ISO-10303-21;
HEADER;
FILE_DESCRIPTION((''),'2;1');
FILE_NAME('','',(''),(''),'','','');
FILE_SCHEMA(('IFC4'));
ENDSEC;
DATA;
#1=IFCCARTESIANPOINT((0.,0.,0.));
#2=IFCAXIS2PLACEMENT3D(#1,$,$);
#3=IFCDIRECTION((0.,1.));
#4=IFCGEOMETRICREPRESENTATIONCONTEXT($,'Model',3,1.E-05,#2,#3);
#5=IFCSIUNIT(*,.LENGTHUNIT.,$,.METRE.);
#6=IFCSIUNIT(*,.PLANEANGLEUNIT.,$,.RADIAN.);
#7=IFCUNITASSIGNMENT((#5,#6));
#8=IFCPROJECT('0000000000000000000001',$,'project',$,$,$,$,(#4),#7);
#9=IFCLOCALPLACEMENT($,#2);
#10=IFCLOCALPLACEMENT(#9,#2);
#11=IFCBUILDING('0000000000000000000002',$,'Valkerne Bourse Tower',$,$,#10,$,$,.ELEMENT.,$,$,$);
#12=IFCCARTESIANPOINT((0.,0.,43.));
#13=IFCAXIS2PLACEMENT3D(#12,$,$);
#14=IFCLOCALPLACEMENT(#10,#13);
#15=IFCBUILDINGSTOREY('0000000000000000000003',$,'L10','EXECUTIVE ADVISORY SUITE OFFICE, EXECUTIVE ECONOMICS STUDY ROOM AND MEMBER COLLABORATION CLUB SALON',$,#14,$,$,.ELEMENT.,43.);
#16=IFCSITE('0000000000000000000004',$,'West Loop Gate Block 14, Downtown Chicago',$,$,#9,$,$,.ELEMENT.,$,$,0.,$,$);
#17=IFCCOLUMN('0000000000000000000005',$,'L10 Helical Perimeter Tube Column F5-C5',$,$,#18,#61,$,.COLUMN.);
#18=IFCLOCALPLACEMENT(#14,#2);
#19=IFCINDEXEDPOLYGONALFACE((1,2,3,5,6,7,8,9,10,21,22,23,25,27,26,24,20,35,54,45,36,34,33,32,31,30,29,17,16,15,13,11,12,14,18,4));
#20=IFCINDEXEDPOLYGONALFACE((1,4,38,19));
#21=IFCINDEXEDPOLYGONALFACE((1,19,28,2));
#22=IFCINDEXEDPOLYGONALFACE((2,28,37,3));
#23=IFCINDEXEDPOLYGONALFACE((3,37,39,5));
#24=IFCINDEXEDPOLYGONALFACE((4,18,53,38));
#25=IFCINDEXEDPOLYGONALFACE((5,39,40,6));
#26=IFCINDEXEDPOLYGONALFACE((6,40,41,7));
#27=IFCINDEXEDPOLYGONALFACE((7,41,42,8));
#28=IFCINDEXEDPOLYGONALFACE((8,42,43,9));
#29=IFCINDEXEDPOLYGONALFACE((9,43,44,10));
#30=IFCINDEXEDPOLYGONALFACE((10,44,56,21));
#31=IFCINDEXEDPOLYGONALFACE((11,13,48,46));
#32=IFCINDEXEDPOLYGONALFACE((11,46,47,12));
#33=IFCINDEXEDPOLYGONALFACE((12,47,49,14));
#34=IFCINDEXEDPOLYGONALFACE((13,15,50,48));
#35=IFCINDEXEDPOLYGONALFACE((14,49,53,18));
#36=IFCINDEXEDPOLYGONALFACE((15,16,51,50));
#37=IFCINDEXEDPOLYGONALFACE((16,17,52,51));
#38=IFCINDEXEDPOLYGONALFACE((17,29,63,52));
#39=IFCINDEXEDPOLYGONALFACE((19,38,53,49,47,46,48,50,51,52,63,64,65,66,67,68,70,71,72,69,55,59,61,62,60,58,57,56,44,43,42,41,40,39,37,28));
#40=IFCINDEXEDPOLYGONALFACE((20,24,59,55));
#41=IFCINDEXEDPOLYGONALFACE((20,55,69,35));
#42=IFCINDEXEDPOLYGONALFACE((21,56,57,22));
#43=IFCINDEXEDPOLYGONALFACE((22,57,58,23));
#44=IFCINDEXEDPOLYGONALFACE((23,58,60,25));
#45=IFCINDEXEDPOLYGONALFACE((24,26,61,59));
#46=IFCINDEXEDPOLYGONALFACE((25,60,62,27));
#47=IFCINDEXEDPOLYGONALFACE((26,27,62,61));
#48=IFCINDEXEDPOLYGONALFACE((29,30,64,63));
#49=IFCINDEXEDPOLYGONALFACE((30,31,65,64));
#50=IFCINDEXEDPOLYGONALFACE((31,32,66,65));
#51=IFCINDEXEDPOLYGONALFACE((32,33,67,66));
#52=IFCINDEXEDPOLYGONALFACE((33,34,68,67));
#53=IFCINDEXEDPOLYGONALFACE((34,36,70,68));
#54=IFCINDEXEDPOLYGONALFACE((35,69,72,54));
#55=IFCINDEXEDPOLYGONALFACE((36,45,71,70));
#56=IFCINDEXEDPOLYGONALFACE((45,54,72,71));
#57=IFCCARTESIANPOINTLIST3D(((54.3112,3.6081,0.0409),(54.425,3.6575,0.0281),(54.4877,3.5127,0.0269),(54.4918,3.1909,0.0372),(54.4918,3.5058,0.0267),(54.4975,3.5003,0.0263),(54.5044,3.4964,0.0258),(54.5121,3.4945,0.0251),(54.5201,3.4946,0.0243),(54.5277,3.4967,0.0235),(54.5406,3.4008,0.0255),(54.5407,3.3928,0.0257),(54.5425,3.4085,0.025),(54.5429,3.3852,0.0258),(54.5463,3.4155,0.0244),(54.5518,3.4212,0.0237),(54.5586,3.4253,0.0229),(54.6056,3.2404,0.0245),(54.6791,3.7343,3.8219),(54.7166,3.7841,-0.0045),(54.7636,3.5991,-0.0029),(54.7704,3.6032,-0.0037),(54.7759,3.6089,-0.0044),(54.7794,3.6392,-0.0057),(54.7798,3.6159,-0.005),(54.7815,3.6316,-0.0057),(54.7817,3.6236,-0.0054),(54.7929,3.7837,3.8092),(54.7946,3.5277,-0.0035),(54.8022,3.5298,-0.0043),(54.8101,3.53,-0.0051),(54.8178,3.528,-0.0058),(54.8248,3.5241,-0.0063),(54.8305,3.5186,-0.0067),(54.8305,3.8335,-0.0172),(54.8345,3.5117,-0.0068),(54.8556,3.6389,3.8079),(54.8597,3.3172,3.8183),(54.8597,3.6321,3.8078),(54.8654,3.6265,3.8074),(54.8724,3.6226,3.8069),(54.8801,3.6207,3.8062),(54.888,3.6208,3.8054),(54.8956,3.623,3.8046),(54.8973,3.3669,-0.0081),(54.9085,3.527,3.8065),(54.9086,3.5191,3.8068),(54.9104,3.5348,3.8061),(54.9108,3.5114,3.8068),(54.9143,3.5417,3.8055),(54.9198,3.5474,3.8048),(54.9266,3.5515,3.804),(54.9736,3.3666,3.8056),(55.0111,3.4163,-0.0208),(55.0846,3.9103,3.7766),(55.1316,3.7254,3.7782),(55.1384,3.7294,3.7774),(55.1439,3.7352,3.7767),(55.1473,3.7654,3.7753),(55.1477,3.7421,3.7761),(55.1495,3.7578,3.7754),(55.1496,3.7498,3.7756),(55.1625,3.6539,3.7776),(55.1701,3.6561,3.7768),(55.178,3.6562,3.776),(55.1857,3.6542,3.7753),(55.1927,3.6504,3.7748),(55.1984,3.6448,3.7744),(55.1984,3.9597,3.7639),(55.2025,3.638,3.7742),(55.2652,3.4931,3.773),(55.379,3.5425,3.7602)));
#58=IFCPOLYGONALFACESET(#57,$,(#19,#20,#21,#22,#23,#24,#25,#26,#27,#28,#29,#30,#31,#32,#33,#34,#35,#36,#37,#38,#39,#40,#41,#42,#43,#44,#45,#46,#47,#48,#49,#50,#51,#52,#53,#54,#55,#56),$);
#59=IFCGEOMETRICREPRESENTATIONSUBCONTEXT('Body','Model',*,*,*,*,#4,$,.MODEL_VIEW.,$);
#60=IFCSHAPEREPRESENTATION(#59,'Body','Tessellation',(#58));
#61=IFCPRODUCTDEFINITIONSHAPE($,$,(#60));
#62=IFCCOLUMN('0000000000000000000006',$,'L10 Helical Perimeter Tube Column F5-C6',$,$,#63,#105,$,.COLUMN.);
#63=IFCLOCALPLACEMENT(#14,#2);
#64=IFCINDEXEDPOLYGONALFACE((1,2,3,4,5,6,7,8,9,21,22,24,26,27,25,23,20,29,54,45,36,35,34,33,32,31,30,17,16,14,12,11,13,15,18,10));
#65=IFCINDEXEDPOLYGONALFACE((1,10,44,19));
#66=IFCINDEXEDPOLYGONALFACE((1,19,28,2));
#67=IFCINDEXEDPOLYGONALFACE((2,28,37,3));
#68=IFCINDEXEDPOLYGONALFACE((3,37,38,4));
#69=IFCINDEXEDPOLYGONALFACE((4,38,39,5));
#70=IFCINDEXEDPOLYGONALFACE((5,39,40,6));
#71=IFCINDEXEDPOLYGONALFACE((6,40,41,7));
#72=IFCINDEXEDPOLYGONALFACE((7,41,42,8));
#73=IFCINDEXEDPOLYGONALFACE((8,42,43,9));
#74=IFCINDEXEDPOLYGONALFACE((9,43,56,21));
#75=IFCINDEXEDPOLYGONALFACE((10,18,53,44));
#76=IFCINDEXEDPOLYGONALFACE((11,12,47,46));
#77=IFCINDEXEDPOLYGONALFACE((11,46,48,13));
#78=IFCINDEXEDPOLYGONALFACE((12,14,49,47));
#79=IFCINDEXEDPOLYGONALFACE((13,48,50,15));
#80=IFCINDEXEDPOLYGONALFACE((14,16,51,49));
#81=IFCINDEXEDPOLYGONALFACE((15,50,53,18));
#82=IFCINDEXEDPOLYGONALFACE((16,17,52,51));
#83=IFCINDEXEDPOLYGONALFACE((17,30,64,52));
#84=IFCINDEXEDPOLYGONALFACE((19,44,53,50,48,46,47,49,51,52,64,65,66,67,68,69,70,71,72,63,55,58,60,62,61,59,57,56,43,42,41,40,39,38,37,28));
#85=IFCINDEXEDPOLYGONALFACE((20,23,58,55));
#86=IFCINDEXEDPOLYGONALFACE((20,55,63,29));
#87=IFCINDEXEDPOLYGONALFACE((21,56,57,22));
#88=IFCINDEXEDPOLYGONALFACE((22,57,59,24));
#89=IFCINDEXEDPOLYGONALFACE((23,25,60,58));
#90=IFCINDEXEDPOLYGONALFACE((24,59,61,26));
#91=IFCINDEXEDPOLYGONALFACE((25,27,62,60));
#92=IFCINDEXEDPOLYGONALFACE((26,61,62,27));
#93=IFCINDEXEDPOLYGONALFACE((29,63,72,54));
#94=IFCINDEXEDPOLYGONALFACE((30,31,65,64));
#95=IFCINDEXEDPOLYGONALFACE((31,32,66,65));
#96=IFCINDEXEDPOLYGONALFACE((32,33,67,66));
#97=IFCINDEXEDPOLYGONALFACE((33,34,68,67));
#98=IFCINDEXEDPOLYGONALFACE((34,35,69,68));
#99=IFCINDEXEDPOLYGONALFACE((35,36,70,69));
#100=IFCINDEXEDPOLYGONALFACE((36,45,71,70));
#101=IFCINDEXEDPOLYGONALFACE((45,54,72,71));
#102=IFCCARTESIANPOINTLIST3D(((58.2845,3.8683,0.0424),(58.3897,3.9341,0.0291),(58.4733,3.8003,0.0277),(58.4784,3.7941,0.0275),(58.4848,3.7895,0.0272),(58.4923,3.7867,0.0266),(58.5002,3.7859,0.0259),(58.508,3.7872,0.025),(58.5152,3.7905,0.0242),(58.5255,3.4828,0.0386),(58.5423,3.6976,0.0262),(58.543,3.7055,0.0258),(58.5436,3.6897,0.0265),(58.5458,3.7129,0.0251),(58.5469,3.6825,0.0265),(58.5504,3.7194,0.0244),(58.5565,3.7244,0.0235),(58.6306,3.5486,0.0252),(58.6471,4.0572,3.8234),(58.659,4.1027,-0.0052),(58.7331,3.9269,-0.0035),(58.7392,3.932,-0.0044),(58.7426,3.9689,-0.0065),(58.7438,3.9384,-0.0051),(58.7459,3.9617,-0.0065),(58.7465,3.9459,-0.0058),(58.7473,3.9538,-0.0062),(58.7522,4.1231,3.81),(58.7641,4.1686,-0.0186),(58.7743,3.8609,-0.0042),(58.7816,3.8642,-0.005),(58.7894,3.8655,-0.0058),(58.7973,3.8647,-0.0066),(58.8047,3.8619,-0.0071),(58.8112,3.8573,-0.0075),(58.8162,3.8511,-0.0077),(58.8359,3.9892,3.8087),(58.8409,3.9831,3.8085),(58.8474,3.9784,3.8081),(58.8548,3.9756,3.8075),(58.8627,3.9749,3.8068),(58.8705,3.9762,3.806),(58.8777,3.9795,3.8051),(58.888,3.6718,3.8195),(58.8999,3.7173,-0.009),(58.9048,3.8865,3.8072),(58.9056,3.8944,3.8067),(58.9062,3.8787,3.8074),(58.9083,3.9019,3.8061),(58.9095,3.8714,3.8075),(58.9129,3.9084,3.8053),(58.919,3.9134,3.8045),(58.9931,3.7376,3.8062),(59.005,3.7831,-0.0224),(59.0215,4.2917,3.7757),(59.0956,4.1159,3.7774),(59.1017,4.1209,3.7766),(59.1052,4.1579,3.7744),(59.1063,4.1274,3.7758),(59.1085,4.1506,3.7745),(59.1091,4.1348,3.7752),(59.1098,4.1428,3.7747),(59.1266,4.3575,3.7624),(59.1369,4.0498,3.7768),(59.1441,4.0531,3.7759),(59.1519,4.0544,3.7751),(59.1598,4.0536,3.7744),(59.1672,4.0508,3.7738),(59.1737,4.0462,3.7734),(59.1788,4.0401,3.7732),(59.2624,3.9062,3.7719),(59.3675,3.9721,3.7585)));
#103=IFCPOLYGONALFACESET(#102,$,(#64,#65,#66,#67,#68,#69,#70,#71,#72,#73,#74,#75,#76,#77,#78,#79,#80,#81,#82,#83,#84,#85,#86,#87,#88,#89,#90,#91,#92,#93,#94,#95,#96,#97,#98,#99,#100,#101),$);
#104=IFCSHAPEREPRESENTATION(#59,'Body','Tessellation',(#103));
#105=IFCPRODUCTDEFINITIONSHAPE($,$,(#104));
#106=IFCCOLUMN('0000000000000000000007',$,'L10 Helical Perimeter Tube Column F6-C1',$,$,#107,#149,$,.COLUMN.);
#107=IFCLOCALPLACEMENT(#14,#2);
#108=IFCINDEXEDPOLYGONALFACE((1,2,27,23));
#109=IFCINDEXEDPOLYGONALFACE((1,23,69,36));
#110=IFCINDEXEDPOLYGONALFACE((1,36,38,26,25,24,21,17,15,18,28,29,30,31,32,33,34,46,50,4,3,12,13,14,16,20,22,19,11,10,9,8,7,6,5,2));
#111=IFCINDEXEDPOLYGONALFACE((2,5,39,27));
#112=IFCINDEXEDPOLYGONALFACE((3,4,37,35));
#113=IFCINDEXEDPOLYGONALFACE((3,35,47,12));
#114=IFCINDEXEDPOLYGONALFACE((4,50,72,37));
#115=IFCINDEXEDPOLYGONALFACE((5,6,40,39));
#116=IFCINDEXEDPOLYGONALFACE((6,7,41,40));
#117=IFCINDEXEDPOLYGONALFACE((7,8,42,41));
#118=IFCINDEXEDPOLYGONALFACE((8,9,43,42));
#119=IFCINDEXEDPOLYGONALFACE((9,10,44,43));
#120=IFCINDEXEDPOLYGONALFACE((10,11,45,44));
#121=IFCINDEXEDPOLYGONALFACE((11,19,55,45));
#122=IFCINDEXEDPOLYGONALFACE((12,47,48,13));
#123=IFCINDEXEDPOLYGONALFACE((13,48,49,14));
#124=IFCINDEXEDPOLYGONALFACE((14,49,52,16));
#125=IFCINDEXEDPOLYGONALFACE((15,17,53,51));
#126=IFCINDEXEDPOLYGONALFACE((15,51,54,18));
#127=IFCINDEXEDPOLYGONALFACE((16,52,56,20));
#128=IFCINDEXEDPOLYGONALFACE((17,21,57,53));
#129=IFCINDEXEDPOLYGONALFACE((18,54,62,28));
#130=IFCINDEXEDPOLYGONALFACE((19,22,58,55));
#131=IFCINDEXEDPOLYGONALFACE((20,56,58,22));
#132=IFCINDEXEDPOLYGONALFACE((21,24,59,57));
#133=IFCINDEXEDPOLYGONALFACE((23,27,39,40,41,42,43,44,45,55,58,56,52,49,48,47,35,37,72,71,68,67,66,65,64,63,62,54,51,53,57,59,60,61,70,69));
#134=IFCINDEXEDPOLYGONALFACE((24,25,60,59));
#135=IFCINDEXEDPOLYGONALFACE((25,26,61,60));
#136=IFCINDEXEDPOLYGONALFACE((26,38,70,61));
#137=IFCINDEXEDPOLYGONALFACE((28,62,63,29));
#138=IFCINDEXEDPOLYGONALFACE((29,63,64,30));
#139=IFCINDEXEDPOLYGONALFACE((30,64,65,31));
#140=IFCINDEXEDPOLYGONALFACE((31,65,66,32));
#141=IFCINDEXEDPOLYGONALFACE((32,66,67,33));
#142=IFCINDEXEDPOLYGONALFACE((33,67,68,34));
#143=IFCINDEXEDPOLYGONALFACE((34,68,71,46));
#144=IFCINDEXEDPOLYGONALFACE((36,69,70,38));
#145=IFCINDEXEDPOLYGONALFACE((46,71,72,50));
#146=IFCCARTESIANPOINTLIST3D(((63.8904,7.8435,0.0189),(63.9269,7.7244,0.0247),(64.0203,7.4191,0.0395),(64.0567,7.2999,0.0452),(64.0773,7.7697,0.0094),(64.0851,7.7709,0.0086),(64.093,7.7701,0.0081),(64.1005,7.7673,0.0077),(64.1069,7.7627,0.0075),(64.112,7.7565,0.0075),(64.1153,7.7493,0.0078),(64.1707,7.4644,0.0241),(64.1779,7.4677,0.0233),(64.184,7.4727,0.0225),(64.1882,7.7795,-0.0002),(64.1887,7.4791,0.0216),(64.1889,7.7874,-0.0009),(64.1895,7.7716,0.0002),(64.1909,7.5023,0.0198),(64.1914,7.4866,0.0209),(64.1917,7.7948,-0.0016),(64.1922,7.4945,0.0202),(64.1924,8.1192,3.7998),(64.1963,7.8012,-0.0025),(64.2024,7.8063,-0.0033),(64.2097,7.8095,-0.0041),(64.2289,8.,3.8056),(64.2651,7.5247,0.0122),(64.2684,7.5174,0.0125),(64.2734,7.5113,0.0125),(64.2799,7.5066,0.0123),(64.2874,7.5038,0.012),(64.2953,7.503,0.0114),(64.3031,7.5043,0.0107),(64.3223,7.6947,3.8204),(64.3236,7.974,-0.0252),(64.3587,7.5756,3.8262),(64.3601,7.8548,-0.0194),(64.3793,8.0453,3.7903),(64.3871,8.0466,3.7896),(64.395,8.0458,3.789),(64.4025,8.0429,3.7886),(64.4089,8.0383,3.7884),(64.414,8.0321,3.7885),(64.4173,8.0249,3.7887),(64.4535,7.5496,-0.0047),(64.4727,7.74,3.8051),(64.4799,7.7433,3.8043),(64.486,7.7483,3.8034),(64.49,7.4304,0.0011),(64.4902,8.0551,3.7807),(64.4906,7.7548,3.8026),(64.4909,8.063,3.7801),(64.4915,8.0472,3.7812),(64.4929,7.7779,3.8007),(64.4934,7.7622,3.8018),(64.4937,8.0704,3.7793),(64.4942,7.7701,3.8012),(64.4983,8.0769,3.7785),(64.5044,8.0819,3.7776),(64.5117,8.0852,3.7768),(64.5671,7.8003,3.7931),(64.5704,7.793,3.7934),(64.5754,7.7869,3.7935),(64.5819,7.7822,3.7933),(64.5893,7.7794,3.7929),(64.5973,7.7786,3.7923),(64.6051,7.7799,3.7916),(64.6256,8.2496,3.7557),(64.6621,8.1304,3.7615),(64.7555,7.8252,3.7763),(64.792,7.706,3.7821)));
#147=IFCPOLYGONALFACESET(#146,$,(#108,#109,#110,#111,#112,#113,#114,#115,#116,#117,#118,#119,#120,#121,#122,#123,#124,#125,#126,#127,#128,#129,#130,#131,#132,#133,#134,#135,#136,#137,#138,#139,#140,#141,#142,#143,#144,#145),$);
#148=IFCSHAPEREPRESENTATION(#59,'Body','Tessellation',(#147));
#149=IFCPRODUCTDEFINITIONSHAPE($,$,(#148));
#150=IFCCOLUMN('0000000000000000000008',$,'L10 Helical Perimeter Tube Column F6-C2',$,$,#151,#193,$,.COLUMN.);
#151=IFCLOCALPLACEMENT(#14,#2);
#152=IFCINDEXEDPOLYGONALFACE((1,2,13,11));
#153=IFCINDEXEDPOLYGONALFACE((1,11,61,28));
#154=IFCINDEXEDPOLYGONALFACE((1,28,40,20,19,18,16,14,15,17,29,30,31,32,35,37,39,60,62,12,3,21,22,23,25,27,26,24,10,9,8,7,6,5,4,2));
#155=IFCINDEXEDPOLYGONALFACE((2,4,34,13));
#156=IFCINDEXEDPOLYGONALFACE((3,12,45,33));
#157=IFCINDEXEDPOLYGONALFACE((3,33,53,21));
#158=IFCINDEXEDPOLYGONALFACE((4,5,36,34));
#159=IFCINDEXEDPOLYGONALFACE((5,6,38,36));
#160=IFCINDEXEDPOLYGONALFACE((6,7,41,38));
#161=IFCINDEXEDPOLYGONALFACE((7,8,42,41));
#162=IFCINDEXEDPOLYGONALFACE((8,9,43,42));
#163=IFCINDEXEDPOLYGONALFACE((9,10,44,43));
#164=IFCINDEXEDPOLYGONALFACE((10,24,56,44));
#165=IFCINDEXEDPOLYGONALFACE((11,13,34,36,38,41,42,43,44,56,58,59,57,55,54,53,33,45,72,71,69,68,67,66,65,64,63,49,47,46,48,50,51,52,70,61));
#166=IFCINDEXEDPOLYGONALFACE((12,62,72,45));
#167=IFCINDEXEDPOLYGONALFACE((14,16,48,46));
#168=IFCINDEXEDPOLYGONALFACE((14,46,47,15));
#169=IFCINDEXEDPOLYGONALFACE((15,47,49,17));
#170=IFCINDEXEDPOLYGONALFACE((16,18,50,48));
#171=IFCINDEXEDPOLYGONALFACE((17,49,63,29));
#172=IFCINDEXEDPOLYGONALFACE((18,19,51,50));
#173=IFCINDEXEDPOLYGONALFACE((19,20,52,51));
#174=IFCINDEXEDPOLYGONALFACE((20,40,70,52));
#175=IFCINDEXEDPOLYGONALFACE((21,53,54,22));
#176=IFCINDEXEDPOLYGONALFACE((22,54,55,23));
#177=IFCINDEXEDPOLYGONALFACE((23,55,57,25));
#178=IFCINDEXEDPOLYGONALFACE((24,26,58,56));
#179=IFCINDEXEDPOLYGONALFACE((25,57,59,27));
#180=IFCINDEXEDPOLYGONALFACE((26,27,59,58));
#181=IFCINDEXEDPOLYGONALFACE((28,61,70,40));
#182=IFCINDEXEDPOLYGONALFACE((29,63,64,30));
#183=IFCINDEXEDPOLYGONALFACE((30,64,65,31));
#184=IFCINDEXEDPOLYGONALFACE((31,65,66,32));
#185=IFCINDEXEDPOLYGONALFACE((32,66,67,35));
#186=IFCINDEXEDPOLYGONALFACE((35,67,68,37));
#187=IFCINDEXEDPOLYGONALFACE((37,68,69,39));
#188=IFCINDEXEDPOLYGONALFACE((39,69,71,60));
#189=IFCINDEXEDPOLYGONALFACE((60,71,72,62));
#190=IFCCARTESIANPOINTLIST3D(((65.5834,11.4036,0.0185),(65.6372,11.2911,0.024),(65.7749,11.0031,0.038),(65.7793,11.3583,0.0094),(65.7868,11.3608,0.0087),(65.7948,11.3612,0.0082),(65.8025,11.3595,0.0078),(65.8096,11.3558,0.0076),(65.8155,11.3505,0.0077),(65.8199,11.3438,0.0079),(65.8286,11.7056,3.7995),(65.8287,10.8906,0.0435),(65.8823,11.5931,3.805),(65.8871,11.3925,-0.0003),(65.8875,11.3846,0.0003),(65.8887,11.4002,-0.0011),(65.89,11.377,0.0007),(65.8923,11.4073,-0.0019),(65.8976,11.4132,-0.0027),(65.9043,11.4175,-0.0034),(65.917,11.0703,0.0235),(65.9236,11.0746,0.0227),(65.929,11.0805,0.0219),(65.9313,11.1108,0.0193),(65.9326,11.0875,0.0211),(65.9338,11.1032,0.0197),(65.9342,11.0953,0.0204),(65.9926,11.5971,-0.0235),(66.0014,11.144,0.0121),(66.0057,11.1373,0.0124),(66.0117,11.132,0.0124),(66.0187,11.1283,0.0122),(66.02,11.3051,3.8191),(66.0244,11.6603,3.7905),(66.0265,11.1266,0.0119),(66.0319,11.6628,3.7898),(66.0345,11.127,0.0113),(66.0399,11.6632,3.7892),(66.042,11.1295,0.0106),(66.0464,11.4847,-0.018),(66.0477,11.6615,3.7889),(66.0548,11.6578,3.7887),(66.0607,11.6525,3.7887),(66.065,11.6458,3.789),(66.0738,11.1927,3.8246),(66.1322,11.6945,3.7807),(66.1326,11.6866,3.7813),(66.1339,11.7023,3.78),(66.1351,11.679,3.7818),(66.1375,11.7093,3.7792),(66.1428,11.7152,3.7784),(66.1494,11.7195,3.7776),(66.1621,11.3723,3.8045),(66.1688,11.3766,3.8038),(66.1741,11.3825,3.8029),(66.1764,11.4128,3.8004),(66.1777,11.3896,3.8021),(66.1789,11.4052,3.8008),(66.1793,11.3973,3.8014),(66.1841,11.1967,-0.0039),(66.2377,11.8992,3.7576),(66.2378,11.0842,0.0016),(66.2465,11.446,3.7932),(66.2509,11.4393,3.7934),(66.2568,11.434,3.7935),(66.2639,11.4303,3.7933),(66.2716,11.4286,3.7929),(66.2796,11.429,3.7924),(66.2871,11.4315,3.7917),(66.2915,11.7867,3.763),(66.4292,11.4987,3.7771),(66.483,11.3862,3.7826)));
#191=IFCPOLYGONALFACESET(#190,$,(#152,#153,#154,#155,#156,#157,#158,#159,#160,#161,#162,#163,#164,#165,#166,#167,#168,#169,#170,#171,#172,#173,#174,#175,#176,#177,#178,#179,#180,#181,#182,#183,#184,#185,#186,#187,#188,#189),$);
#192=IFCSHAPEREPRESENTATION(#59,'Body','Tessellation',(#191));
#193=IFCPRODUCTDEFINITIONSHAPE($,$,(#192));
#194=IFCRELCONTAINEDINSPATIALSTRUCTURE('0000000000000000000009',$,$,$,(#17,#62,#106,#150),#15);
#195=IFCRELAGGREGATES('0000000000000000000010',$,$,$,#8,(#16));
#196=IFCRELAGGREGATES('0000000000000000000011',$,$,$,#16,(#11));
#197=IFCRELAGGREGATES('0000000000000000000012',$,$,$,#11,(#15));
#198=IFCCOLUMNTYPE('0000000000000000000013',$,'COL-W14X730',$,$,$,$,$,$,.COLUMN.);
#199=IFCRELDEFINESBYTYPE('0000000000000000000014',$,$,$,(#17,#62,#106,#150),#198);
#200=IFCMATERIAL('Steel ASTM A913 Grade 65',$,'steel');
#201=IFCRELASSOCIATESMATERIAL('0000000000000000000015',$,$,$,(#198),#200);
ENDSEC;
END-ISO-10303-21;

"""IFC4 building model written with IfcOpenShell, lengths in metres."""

from ifc_helpers import new_model, si_unit, direction, frame, origin, origin_2d, place, context, subcontext, project, spatial, i_section, extrude, material, material_profile, profile_set, type_object, element, save


model = new_model("IFC4")

# Units and contexts
model_context = context("Model", 3, precision=1e-05, world=origin(), true_north=direction((0.0, 1.0)))
body_context = subcontext(model_context, "Body", "Model", "MODEL_VIEW")
ifc_project = project(units=[si_unit("LENGTHUNIT", "METRE"), si_unit("PLANEANGLEUNIT", "RADIAN")], contexts=[model_context])

# Site, building, storey
site_placement = place(None, origin())
site = spatial("IfcSite", under=ifc_project, at=site_placement, Name="West Loop Gate Block 14, Downtown Chicago", CompositionType="ELEMENT", RefElevation=0.0)
building_placement = place(site_placement, origin())
building = spatial("IfcBuilding", under=site, at=building_placement, Name="Valkerne Bourse Tower", CompositionType="ELEMENT")
storey_placement = place(building_placement, frame((0.0, 0.0, 43.0)))
storey = spatial("IfcBuildingStorey", under=building, at=storey_placement, Name="L10", Description="EXECUTIVE ADVISORY SUITE OFFICE, EXECUTIVE ECONOMICS STUDY ROOM AND MEMBER COLLABORATION CLUB SALON", CompositionType="ELEMENT", Elevation=43.0)

# Columns
ifc_material_1 = material(Name="Steel ASTM A913 Grade 65", Category="steel")
ifc_material_profile_1 = material_profile(ifc_material_1, i_section(OverallWidth=0.4546, OverallDepth=0.5691, WebThickness=0.0779, FlangeThickness=0.1248, FilletRadius=0.0305, at=origin_2d()), Name="W14X730")
ifc_profile_set_1 = profile_set([ifc_material_profile_1], Name="Steel ASTM A913 Grade 65")
column_type = type_object("IfcColumnType", Name="COL-W14X730", PredefinedType="COLUMN", material=ifc_profile_set_1)
column_1_placement = place(storey_placement, frame((54.6611, 3.5122, 0.01), z_axis=(0.096797, 0.033208, 0.99475), x_axis=(-0.397324, 0.917643, 0.008029)))
element("IfcColumn", 1, at=column_1_placement, inside=storey, type_object=column_type, Name="L10 Helical Perimeter Tube Column F5-C5", PredefinedType="COLUMN", context=body_context, shape_type="SweptSolid", body=[
    extrude(i_section(OverallWidth=0.4546, OverallDepth=0.5691, WebThickness=0.0779, FlangeThickness=0.1248, FilletRadius=0.0305, at=origin_2d()), origin(), (0.0, 0.0, 1.0), 3.801),
])
for number, where, z_axis, x_axis, name in (
    (2, (58.6448, 3.8257, 0.01), (0.095331, 0.049688, 0.994205), (-0.529946, 0.847989, 0.008435), "L10 Helical Perimeter Tube Column F5-C6"),
    (3, (64.1902, 7.637, 0.01), (0.07941, 0.072477, 0.994204), (-0.953018, -0.286949, 0.097039), "L10 Helical Perimeter Tube Column F6-C1"),
):
    element("IfcColumn", number, at=place(storey_placement, frame(where, z_axis=z_axis, x_axis=x_axis)), inside=storey, type_object=column_type, Name=name, PredefinedType="COLUMN", context=body_context, shape_type="SweptSolid", body=[
        extrude(i_section(OverallWidth=0.4546, OverallDepth=0.5691, WebThickness=0.0779, FlangeThickness=0.1248, FilletRadius=0.0305, at=origin_2d()), origin(), (0.0, 0.0, 1.0), 3.803),
    ])
column_2_placement = place(storey_placement, frame((65.9106, 11.2439, 0.01), z_axis=(0.064488, 0.079454, 0.99475), x_axis=(-0.900081, -0.42582, 0.092363)))
element("IfcColumn", 4, at=column_2_placement, inside=storey, type_object=column_type, Name="L10 Helical Perimeter Tube Column F6-C2", PredefinedType="COLUMN", context=body_context, shape_type="SweptSolid", body=[
    extrude(i_section(OverallWidth=0.4546, OverallDepth=0.5691, WebThickness=0.0779, FlangeThickness=0.1248, FilletRadius=0.0305, at=origin_2d()), origin(), (0.0, 0.0, 1.0), 3.801),
])

save(model, "model.ifc")
